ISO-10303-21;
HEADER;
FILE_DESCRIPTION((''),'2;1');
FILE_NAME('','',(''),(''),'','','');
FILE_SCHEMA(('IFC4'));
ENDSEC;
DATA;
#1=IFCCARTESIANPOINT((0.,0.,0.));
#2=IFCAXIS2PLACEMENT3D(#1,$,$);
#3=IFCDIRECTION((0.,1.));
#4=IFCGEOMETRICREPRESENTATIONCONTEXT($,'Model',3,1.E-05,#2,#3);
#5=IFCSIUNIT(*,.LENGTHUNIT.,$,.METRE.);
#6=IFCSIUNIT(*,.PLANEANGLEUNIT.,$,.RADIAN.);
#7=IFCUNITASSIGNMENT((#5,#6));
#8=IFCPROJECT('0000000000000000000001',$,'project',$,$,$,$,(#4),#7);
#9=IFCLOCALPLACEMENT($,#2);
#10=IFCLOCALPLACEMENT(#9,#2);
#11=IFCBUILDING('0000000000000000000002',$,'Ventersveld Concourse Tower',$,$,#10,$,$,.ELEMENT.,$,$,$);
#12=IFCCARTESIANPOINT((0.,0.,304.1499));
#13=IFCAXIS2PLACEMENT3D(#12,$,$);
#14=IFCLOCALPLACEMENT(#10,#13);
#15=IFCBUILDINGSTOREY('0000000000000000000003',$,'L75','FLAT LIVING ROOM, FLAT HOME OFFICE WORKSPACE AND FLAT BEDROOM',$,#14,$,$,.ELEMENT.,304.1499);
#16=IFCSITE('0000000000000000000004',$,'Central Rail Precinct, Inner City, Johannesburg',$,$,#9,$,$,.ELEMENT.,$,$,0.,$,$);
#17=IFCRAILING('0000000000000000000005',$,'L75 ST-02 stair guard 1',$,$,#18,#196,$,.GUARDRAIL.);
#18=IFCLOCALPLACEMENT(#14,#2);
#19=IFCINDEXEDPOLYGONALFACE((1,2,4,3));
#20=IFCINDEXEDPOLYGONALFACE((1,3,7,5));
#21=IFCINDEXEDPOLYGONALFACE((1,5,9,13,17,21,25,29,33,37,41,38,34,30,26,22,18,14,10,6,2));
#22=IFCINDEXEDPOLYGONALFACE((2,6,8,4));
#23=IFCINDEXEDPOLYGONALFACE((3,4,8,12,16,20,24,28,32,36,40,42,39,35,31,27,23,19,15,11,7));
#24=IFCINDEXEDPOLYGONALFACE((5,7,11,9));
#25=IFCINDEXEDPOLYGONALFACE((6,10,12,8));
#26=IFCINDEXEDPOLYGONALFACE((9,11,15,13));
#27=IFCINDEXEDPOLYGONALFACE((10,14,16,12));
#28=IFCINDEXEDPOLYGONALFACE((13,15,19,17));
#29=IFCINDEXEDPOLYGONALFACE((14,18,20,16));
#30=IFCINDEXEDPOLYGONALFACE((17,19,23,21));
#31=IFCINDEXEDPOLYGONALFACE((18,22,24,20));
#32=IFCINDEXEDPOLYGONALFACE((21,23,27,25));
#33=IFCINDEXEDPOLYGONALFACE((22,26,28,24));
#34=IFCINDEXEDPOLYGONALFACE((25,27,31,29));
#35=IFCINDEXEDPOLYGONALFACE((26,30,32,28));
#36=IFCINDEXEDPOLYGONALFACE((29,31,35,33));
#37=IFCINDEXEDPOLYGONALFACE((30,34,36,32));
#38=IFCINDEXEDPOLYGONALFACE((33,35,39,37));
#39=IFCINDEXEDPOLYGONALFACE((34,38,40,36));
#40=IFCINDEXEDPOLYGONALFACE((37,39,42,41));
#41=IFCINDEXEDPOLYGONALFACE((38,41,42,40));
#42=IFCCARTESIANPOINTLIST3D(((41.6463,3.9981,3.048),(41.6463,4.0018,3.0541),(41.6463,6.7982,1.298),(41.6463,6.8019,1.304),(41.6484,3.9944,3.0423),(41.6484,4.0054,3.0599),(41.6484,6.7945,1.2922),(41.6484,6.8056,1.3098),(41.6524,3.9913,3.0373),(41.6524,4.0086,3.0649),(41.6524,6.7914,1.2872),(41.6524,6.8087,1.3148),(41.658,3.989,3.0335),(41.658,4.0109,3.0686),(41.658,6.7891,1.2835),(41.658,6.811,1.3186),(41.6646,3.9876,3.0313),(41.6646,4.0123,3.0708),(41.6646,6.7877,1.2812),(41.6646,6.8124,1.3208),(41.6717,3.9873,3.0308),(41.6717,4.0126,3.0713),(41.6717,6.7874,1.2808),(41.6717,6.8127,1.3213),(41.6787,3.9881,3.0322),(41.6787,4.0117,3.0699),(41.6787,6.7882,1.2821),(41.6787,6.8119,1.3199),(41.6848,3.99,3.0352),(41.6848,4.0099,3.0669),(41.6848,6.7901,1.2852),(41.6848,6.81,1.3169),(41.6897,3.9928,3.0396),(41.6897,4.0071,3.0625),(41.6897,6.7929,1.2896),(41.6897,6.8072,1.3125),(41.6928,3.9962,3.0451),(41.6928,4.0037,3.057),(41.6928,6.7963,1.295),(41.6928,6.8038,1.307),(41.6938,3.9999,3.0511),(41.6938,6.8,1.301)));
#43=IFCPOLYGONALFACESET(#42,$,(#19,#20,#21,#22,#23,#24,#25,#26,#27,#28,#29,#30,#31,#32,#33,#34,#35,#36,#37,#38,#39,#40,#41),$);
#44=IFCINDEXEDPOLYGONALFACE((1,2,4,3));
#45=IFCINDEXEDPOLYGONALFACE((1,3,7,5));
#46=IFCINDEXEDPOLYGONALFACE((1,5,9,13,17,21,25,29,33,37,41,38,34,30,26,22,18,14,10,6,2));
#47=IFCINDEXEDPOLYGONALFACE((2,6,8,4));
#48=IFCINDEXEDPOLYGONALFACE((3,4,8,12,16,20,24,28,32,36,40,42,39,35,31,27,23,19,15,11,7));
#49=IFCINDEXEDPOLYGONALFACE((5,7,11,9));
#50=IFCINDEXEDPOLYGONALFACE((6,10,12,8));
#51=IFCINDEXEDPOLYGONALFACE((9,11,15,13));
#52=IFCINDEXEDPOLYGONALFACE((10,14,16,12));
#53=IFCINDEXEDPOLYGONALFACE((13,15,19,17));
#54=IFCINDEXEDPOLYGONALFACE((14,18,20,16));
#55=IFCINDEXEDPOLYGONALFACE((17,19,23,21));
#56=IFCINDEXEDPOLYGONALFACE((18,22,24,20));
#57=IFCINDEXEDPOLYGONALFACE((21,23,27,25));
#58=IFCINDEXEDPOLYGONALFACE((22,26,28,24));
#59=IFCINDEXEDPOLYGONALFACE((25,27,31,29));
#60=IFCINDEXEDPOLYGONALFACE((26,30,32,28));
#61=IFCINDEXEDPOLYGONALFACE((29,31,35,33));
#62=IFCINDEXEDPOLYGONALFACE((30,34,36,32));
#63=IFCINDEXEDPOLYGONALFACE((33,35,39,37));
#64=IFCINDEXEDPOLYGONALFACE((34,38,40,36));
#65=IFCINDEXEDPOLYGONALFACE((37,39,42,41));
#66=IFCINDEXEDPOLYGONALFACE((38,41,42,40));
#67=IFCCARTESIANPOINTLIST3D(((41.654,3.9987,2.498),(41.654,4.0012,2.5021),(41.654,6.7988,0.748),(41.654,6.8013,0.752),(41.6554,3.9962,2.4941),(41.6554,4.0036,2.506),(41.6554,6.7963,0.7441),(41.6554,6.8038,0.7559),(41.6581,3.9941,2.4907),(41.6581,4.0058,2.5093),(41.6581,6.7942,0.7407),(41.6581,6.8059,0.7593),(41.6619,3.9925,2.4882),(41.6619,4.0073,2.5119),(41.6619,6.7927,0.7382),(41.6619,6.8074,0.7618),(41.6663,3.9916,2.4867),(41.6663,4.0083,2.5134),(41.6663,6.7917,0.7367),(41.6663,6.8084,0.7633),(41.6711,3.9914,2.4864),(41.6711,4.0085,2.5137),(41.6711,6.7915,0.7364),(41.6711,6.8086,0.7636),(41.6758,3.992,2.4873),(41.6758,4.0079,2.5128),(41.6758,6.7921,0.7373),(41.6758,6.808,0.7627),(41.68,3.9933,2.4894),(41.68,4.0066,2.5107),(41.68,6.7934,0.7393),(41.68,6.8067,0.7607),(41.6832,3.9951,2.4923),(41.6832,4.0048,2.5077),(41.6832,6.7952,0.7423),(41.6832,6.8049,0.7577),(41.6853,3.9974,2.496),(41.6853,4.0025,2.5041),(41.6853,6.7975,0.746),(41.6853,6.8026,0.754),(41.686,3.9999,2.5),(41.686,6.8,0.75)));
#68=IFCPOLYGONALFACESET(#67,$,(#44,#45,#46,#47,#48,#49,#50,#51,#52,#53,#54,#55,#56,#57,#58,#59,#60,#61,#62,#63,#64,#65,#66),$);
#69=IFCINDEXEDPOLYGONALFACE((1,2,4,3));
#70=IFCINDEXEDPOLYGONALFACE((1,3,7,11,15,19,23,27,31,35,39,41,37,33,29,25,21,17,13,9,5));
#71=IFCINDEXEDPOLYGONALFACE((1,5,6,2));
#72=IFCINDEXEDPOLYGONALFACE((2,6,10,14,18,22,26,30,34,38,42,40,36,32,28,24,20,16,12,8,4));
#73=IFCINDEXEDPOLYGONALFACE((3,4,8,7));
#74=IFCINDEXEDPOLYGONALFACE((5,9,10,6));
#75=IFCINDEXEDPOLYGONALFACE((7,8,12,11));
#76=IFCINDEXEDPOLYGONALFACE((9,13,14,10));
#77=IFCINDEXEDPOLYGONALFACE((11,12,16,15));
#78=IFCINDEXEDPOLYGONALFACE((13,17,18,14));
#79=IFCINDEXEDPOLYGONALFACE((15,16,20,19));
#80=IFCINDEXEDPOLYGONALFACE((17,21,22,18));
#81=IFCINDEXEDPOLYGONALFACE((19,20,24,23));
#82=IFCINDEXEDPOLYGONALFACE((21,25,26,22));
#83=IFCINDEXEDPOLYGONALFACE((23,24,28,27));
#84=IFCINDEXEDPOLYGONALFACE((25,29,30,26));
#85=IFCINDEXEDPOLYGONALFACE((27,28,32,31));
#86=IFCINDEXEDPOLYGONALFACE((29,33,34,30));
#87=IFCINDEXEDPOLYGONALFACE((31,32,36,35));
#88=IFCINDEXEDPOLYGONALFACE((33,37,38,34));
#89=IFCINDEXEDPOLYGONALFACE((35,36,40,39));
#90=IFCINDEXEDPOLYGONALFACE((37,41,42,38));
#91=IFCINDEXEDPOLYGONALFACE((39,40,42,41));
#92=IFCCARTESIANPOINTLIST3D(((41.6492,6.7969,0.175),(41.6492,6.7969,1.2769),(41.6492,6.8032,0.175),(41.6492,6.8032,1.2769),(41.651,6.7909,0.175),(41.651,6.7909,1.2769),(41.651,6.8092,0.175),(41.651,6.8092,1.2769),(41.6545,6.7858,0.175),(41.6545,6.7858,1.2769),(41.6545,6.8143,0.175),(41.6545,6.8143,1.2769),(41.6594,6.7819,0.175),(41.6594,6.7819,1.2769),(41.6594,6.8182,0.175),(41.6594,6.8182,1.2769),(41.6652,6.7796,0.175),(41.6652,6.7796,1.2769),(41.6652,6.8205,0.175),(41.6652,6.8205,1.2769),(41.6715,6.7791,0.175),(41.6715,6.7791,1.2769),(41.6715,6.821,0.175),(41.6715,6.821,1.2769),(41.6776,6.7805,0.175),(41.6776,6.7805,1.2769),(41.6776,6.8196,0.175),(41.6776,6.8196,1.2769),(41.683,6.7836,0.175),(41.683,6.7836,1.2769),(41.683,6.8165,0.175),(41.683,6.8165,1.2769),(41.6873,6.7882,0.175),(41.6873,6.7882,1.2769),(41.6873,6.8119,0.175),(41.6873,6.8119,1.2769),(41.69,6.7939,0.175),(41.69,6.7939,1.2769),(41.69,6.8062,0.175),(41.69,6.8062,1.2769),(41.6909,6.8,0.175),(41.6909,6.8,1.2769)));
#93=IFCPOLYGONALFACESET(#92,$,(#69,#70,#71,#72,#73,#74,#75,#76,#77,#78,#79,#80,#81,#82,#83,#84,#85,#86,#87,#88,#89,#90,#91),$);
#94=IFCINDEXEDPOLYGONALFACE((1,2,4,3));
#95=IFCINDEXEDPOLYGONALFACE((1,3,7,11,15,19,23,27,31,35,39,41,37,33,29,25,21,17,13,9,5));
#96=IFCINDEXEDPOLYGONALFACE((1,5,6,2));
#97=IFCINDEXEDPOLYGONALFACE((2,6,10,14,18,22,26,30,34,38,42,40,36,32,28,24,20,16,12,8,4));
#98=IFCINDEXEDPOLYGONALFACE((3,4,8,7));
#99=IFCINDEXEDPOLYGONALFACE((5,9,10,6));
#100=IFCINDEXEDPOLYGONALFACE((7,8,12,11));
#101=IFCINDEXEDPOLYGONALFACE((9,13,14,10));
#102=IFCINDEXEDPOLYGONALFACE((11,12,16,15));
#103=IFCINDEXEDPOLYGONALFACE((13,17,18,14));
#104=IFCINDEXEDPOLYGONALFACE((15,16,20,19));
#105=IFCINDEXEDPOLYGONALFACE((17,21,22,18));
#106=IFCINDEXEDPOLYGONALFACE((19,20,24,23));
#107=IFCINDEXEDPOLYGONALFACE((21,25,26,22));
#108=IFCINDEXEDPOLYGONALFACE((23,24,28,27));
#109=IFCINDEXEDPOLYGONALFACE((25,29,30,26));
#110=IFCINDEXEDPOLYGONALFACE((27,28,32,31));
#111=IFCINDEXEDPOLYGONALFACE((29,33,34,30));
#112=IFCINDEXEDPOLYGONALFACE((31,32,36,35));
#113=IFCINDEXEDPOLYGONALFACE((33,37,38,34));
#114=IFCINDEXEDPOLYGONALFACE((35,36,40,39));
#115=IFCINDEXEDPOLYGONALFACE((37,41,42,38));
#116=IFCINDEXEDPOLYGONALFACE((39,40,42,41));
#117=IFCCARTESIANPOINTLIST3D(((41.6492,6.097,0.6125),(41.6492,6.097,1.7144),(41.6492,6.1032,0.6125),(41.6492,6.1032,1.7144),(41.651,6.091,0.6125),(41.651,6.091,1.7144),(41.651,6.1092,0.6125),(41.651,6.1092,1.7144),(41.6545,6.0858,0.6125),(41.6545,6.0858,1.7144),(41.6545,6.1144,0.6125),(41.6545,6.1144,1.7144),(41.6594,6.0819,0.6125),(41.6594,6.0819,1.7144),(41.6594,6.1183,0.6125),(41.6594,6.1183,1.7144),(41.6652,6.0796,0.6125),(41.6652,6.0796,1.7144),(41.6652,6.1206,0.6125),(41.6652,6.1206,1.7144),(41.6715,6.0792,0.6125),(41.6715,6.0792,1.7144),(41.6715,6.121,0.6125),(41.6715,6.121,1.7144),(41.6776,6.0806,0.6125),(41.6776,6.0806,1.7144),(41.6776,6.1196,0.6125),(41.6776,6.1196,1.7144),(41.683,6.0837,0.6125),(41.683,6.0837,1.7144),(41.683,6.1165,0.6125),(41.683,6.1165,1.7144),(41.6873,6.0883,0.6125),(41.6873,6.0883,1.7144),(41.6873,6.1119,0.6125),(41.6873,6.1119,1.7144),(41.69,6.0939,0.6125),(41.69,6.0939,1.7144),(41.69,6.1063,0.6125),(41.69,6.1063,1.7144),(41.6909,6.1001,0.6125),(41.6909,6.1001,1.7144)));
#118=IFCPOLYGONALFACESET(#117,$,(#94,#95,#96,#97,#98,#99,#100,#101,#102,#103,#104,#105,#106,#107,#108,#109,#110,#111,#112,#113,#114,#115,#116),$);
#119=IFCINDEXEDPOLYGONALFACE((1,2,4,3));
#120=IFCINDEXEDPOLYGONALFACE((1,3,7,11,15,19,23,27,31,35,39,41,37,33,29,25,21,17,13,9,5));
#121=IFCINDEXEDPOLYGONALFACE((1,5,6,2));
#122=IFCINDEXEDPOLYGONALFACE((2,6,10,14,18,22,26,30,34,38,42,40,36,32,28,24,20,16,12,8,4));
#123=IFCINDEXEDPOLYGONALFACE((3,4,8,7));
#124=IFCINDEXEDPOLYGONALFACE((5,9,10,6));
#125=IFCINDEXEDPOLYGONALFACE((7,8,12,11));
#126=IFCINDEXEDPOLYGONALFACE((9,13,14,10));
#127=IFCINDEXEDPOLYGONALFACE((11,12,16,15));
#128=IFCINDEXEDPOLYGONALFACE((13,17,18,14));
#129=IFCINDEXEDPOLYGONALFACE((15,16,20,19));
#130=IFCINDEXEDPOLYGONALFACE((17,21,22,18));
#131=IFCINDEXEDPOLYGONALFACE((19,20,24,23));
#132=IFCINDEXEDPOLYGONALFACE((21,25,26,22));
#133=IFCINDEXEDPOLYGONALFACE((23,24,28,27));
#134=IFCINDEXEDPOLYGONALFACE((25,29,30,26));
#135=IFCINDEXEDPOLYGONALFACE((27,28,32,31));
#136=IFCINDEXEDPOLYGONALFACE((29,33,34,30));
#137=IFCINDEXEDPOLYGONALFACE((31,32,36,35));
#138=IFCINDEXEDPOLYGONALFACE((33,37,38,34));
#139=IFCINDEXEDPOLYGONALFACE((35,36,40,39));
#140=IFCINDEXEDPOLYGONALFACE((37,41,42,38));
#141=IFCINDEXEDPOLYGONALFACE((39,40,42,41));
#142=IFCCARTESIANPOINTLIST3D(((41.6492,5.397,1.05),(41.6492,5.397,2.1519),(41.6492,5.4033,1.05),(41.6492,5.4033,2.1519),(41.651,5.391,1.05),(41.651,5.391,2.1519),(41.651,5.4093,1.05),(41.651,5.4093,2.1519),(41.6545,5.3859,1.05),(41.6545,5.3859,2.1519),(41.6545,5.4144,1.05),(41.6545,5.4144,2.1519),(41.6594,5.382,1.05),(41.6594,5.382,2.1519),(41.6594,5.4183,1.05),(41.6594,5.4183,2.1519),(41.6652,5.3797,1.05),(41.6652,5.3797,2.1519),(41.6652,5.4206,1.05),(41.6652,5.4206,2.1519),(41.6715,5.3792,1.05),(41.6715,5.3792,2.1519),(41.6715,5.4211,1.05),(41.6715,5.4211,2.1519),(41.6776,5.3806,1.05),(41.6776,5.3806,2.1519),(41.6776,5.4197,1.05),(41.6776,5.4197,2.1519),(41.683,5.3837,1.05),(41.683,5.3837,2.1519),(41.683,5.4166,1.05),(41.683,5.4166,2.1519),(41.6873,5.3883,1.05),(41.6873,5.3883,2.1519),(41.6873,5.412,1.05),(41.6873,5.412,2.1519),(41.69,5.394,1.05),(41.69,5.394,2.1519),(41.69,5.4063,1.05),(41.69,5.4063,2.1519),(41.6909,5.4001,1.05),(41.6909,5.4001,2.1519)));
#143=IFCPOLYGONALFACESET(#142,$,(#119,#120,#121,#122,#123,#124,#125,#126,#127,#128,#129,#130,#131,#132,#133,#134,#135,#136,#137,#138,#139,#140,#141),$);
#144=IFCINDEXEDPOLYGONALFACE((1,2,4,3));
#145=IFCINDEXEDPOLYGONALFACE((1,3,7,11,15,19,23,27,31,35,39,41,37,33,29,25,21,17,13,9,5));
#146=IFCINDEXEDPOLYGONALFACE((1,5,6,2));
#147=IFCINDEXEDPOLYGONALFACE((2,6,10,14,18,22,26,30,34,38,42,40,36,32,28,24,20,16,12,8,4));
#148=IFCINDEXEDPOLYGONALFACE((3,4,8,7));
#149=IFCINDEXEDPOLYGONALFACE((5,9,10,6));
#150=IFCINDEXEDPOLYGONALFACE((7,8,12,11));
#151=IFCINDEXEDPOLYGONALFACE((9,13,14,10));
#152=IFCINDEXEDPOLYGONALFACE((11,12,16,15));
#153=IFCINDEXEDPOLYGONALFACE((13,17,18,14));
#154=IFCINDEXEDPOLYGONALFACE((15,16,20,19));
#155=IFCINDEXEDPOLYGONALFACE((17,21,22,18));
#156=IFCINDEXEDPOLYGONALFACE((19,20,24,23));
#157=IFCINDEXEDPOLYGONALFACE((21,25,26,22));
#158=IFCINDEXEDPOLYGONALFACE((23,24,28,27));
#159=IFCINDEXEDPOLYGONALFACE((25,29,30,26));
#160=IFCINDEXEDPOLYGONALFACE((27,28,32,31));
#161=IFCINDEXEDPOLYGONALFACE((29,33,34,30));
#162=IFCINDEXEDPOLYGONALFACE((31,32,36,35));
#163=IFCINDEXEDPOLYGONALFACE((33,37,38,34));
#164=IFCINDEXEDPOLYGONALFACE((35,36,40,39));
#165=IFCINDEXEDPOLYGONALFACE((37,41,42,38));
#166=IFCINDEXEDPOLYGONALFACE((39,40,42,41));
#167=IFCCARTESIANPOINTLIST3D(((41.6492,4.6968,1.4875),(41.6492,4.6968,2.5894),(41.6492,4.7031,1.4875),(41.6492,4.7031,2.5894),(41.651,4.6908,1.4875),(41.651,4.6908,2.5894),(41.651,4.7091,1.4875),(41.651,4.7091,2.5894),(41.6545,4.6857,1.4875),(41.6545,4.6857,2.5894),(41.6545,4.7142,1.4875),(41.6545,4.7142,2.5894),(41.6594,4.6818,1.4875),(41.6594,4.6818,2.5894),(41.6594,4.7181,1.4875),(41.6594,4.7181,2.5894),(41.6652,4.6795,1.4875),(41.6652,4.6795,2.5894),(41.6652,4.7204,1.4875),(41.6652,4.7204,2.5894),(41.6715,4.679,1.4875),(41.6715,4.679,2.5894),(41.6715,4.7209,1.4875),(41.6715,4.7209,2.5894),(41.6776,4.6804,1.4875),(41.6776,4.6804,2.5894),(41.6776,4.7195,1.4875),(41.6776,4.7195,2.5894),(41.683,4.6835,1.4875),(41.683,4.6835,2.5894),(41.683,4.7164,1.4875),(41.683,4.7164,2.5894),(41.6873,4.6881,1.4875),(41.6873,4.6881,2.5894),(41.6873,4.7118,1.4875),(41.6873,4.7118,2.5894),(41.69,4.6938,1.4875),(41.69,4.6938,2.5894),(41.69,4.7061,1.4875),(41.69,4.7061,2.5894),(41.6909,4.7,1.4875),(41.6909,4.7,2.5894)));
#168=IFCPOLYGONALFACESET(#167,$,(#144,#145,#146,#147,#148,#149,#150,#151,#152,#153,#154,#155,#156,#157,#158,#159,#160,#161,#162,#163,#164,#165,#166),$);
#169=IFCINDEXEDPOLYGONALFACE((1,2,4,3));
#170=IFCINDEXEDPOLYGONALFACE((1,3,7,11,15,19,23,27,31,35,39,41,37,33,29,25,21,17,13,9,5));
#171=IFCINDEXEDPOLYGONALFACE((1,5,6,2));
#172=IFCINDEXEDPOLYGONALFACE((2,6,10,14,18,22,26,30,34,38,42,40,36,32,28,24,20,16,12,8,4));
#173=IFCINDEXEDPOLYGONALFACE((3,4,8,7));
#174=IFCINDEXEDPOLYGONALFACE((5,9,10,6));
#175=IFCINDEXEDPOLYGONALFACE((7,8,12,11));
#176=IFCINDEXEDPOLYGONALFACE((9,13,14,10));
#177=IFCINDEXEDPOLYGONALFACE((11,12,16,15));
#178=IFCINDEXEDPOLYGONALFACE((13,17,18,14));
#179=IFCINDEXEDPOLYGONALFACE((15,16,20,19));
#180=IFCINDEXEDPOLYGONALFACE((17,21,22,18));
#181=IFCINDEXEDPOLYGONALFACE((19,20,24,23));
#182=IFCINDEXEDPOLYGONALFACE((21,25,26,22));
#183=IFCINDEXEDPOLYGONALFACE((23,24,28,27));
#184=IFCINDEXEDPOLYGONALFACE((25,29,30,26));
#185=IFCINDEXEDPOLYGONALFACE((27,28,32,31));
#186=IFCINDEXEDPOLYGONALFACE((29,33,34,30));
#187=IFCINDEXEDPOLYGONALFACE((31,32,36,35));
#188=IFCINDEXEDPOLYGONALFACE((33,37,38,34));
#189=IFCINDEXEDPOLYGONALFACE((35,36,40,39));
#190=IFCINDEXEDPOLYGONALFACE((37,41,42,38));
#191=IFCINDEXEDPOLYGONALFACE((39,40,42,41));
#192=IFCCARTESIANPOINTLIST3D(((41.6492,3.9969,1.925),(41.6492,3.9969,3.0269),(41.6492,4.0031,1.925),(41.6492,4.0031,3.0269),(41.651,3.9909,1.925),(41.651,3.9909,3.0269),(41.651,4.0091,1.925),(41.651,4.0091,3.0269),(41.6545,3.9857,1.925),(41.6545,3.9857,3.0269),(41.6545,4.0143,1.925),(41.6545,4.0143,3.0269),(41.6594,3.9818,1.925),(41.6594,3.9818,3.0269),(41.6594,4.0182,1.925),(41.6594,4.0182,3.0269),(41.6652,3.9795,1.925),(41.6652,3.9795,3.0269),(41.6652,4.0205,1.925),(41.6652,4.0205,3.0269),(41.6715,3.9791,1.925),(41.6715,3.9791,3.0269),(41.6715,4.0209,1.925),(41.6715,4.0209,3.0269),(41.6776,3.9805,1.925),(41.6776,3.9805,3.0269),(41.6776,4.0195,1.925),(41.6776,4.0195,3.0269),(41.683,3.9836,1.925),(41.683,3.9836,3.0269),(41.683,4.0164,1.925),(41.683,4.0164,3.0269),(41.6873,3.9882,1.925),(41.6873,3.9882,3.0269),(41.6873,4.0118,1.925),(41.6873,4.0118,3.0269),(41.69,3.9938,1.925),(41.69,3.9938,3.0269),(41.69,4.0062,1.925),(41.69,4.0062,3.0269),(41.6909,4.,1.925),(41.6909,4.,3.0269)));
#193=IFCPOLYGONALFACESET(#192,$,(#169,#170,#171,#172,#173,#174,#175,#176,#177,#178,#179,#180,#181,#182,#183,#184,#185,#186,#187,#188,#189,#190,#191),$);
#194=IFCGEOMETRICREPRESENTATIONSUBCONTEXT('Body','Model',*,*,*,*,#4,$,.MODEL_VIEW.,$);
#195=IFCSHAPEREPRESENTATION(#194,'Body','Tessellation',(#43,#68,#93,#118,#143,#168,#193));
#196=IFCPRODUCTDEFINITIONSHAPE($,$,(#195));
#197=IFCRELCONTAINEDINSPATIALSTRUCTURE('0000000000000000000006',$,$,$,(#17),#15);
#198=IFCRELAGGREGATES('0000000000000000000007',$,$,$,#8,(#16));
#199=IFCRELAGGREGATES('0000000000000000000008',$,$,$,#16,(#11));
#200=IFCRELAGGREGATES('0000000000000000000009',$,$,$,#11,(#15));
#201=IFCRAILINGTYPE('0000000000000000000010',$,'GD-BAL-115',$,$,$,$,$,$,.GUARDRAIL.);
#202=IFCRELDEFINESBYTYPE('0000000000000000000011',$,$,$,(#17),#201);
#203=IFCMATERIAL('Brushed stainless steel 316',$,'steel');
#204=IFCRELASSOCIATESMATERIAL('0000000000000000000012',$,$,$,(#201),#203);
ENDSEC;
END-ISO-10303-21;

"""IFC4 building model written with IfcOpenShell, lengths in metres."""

from ifc_helpers import new_model, si_unit, direction, frame, origin, origin_2d, place, context, subcontext, project, spatial, circle, extrude, material, type_object, element, save


model = new_model("IFC4")

# Units and contexts
model_context = context("Model", 3, precision=1e-05, world=origin(), true_north=direction((0.0, 1.0)))
body_context = subcontext(model_context, "Body", "Model", "MODEL_VIEW")
ifc_project = project(units=[si_unit("LENGTHUNIT", "METRE"), si_unit("PLANEANGLEUNIT", "RADIAN")], contexts=[model_context])

# Site, building, storey
site_placement = place(None, origin())
site = spatial("IfcSite", under=ifc_project, at=site_placement, Name="Central Rail Precinct, Inner City, Johannesburg", CompositionType="ELEMENT", RefElevation=0.0)
building_placement = place(site_placement, origin())
building = spatial("IfcBuilding", under=site, at=building_placement, Name="Ventersveld Concourse Tower", CompositionType="ELEMENT")
storey_placement = place(building_placement, frame((0.0, 0.0, 304.1499)))
storey = spatial("IfcBuildingStorey", under=building, at=storey_placement, Name="L75", Description="FLAT LIVING ROOM, FLAT HOME OFFICE WORKSPACE AND FLAT BEDROOM", CompositionType="ELEMENT", Elevation=304.1499)

# Shared definitions
ifc_material_1 = material(Name="Brushed stainless steel 316", Category="steel")

# Railing
railing_type_1 = type_object("IfcRailingType", Name="GD-BAL-115", PredefinedType="GUARDRAIL", material=ifc_material_1)
railing_1_placement = place(storey_placement, frame((41.6699, 6.8, 0.175)))
element("IfcRailing", 1, at=railing_1_placement, inside=storey, type_object=railing_type_1, Name="L75 ST-02 stair guard 1", PredefinedType="GUARDRAIL", context=body_context, shape_type="SweptSolid", body=[
    extrude(circle(Radius=0.0239, at=origin_2d()), frame((0.0, 0.0, 1.126), z_axis=(0.0, -0.848002, 0.529992), x_axis=(1.0, 0.0, 0.0)), (0.0, 0.0, 1.0), 3.302),
    extrude(circle(Radius=0.0161, at=origin_2d()), frame((0.0, 0.0, 0.575), z_axis=(0.0, -0.848002, 0.529992), x_axis=(1.0, 0.0, 0.0)), (0.0, 0.0, 1.0), 3.302),
    extrude(circle(Radius=0.021, at=origin_2d()), origin(), (0.0, 0.0, 1.0), 1.1018),
    extrude(circle(Radius=0.021, at=origin_2d()), frame((0.0, -0.7, 0.4375)), (0.0, 0.0, 1.0), 1.1018),
    extrude(circle(Radius=0.021, at=origin_2d()), frame((0.0, -1.3999, 0.875)), (0.0, 0.0, 1.0), 1.1018),
    extrude(circle(Radius=0.021, at=origin_2d()), frame((0.0, -2.1001, 1.3125)), (0.0, 0.0, 1.0), 1.1018),
    extrude(circle(Radius=0.021, at=origin_2d()), frame((0.0, -2.8, 1.75)), (0.0, 0.0, 1.0), 1.1018),
])

save(model, "model.ifc")
